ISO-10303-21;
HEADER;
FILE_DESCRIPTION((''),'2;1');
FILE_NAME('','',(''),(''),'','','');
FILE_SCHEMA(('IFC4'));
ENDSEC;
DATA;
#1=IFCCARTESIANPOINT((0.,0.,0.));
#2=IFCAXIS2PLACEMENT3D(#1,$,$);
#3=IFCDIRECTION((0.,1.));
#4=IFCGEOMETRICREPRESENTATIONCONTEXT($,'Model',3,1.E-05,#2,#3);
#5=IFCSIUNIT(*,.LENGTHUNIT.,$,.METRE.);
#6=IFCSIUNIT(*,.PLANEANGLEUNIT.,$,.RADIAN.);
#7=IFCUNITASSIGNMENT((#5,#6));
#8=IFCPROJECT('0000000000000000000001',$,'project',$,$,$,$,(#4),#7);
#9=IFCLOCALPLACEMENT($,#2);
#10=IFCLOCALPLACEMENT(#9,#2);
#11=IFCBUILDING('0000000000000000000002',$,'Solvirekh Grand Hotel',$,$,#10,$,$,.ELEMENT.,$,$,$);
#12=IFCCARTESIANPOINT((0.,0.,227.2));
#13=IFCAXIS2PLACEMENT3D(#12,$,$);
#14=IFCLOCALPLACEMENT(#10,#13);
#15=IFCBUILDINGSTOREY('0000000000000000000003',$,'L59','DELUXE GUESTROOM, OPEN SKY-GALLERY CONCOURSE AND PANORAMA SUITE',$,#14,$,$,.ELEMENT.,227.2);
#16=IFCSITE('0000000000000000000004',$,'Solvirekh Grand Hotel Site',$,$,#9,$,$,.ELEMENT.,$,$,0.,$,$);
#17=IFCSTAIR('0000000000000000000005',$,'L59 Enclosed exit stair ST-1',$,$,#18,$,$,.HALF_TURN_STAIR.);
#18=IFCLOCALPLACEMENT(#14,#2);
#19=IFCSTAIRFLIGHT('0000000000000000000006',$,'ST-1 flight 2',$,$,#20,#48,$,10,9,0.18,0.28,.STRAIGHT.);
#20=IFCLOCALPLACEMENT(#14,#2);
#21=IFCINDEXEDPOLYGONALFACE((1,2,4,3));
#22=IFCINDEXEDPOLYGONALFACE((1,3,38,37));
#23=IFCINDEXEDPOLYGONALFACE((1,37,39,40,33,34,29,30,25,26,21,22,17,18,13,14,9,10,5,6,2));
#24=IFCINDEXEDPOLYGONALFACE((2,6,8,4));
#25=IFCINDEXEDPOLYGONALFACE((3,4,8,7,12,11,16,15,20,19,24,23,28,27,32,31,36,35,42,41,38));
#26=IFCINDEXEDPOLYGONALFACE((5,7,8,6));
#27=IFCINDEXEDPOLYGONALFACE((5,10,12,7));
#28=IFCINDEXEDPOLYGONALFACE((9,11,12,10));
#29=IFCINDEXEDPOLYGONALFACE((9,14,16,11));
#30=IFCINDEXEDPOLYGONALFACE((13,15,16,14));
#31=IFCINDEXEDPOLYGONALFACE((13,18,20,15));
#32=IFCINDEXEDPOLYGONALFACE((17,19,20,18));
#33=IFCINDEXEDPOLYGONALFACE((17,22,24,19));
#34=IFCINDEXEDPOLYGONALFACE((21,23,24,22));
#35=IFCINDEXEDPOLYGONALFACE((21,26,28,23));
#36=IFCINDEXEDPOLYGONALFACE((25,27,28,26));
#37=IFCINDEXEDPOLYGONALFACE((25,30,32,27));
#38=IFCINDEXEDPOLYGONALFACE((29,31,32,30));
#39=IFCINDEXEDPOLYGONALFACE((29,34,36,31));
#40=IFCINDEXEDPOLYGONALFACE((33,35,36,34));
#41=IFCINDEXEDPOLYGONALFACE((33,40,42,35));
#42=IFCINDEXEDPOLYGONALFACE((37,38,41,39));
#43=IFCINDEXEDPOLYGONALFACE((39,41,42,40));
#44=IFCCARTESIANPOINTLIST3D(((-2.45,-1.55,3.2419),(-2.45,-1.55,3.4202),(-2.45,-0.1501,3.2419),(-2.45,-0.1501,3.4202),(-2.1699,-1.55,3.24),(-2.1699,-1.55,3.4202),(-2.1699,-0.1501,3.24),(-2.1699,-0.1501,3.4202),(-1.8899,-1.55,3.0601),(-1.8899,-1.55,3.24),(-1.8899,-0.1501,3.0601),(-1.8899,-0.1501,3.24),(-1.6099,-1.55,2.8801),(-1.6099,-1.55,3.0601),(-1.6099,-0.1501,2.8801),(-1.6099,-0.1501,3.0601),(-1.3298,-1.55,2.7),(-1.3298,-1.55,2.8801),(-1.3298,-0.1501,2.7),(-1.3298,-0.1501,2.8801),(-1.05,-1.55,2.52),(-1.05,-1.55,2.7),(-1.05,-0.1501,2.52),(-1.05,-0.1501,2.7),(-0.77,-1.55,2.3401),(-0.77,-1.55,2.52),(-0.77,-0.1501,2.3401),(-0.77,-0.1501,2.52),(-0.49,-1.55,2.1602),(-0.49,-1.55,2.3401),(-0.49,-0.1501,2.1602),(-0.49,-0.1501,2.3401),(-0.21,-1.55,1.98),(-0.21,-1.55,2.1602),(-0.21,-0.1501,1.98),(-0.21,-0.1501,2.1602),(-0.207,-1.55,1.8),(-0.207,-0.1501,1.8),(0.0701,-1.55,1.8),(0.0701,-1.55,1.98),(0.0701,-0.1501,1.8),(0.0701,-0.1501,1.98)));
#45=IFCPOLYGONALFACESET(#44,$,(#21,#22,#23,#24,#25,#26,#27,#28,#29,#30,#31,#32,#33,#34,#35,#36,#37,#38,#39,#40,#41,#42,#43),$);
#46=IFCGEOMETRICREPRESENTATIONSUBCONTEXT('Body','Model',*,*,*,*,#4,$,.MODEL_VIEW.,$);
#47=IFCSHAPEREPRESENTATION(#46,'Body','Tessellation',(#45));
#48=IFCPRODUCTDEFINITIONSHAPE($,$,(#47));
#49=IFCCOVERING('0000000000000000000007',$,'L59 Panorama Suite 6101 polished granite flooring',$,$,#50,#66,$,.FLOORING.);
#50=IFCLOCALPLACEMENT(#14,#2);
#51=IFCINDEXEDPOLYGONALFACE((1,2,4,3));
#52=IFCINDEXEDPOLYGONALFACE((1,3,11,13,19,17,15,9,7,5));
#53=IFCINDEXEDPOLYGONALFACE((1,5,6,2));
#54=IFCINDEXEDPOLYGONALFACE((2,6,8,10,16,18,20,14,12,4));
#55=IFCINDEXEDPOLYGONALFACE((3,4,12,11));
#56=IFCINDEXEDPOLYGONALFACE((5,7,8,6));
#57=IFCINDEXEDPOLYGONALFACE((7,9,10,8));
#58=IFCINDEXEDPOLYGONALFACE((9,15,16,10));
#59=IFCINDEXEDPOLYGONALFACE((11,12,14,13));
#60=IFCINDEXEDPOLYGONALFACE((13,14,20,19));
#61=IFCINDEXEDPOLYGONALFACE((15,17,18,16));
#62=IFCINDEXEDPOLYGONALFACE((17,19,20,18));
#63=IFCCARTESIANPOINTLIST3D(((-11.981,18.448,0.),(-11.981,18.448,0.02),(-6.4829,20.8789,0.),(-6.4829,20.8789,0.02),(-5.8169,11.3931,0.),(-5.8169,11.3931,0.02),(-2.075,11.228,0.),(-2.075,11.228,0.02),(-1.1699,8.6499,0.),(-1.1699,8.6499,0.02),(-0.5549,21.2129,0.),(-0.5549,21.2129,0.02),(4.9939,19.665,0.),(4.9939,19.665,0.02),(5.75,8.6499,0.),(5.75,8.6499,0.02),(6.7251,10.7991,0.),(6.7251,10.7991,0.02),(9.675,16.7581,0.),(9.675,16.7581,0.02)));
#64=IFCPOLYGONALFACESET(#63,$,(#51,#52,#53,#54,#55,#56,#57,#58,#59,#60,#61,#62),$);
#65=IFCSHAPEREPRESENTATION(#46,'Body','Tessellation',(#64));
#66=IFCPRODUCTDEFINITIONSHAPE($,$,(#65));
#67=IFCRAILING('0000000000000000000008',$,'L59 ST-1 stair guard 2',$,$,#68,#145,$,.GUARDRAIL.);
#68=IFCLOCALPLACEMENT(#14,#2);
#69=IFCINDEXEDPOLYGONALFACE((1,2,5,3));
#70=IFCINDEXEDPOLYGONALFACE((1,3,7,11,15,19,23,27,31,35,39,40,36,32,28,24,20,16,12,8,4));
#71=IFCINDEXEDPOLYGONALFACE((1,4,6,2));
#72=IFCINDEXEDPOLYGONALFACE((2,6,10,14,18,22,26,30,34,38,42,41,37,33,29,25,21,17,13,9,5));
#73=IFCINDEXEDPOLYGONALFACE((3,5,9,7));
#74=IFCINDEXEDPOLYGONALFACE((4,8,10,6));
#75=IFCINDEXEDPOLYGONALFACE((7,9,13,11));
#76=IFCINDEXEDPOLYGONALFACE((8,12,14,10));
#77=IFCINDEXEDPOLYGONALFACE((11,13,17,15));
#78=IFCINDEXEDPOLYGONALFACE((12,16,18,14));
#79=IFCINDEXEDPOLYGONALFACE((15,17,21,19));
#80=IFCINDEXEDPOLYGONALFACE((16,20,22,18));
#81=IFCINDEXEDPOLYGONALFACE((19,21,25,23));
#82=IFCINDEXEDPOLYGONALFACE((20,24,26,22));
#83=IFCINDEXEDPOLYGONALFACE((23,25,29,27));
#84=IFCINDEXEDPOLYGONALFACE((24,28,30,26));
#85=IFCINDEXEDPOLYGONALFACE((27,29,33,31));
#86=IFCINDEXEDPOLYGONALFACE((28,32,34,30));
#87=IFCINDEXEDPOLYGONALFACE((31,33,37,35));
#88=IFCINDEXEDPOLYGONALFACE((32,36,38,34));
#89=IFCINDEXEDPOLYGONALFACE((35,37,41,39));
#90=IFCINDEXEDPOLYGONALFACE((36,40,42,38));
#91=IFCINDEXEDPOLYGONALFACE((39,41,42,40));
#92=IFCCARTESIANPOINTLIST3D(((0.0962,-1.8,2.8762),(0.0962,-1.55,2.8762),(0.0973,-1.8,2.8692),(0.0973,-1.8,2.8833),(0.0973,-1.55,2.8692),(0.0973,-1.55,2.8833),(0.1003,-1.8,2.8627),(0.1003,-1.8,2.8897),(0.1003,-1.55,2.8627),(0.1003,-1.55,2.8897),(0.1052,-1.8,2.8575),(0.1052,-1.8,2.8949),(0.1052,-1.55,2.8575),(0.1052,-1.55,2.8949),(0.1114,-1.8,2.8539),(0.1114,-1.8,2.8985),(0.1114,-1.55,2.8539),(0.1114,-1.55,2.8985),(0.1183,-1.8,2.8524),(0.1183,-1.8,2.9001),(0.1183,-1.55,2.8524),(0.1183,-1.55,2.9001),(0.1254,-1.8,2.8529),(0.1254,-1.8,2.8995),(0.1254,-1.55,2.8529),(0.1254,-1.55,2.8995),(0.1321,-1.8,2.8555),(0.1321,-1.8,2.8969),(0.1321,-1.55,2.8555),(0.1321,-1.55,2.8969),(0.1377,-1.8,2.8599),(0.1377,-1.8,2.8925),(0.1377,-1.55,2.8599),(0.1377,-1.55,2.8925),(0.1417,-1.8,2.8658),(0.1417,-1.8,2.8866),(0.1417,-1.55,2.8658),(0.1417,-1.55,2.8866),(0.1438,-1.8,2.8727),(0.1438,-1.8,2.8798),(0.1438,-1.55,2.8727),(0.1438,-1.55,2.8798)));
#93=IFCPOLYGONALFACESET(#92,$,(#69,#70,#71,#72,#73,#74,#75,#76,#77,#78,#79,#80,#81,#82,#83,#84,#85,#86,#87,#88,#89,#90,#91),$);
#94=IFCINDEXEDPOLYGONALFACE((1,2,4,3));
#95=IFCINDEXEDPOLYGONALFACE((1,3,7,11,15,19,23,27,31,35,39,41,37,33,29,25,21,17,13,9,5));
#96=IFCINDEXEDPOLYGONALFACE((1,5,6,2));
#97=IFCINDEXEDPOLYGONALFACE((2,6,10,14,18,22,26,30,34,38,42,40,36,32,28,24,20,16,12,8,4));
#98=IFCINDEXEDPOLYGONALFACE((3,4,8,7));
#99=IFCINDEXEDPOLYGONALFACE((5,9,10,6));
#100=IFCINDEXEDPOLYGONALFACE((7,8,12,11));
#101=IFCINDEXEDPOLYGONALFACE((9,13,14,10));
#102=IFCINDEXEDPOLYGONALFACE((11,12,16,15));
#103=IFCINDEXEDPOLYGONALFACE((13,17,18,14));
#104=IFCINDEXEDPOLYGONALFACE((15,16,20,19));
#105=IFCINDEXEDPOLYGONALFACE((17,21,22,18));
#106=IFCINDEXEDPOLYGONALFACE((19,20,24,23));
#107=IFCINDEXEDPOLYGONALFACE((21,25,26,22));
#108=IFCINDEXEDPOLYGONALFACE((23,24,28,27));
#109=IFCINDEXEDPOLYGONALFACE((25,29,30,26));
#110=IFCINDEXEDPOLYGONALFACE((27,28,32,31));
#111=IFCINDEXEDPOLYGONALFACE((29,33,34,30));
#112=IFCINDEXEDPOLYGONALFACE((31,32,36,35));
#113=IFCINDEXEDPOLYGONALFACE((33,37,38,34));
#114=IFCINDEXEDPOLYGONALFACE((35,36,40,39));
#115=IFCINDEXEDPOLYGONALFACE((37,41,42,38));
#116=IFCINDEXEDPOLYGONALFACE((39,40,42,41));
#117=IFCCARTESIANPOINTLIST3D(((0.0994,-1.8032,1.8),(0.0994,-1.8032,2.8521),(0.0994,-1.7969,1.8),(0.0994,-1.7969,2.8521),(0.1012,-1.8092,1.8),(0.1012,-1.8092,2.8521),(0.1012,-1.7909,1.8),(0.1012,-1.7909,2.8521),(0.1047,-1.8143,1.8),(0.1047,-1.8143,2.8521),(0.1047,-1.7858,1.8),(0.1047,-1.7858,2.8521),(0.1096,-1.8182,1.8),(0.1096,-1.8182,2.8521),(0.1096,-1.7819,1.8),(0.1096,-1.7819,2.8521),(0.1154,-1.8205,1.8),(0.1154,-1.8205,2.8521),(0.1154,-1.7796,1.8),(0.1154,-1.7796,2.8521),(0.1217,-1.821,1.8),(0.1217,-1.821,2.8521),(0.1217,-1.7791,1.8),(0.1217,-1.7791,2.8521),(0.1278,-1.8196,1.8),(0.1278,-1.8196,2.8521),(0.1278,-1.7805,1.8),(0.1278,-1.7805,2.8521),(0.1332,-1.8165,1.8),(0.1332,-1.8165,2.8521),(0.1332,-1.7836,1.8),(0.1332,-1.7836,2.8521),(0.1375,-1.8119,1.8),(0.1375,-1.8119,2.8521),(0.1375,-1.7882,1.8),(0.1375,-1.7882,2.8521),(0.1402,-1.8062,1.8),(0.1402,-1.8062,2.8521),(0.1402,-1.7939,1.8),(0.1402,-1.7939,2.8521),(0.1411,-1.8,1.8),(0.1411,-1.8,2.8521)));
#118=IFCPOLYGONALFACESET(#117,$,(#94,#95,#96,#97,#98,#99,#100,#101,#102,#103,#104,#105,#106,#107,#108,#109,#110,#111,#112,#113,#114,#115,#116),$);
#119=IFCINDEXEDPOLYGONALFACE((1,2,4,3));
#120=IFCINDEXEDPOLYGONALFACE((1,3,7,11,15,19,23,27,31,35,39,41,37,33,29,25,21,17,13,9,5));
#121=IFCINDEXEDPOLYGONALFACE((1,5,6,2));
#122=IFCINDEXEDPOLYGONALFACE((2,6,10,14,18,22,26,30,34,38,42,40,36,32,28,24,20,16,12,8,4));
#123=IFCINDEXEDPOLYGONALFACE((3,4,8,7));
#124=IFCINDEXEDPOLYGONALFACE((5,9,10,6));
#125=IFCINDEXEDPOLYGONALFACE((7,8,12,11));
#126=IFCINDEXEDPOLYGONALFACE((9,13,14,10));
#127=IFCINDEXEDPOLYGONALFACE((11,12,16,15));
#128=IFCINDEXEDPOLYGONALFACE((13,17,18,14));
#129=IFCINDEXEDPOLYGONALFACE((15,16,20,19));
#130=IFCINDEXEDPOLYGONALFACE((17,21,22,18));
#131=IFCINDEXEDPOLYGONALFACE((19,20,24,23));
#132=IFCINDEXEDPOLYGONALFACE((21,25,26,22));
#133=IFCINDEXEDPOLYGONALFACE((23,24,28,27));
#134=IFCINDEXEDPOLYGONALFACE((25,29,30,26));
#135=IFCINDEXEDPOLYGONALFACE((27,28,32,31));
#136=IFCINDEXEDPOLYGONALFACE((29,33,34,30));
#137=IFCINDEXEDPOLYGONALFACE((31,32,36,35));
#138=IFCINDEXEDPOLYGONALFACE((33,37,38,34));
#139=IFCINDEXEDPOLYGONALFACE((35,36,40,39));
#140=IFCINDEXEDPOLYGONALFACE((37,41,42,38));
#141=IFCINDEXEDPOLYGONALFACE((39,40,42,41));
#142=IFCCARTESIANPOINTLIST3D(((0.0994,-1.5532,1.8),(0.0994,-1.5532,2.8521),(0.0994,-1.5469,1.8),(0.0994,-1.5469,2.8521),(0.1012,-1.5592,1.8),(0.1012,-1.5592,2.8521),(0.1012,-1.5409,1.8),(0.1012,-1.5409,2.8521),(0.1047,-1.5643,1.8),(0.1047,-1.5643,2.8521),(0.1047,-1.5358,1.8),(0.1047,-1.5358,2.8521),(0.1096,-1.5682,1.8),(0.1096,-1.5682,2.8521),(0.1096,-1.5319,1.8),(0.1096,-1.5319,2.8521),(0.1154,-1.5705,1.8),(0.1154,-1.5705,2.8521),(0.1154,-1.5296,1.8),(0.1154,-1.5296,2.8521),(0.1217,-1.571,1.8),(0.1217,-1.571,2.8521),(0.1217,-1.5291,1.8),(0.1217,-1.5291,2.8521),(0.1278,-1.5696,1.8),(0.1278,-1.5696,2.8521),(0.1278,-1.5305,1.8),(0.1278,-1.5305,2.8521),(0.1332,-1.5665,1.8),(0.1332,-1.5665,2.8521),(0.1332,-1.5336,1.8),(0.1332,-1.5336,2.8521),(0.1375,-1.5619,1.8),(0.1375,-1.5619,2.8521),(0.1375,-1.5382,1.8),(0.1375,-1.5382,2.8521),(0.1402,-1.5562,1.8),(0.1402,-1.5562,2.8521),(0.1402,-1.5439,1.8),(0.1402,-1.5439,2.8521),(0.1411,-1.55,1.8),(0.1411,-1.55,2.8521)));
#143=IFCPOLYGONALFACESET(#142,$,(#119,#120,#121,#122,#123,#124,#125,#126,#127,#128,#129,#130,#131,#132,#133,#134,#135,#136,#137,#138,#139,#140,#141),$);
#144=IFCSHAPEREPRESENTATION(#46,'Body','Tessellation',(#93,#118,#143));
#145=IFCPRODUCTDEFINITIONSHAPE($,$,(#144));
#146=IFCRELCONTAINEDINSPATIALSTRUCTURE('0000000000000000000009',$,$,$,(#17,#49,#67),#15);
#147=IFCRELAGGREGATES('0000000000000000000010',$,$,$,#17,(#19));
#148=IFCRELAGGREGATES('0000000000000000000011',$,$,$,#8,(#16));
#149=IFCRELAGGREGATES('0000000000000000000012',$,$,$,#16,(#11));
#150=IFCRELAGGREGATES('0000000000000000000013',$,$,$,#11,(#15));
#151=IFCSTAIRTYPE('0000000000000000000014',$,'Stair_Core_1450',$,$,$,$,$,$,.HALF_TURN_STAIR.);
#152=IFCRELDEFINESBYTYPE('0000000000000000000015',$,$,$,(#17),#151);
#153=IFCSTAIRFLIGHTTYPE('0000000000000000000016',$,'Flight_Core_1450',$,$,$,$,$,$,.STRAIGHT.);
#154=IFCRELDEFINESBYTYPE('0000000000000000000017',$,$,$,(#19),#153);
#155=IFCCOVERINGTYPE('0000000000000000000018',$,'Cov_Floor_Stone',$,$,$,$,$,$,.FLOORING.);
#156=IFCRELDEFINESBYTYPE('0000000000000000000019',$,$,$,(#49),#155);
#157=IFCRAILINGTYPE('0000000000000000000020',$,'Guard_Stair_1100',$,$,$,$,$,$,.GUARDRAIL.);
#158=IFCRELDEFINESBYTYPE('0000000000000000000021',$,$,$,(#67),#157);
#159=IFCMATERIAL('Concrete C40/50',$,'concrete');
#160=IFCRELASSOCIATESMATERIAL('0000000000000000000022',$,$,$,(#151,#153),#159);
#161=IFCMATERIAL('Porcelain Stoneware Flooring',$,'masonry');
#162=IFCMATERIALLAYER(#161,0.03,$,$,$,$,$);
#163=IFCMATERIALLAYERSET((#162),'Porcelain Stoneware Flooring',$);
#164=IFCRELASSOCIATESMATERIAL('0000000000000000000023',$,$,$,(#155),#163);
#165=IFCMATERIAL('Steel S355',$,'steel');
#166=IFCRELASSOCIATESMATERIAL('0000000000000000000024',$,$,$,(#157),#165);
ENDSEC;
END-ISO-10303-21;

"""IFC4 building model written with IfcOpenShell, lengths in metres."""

from ifc_helpers import new_model, si_unit, direction, frame, origin, origin_2d, place, context, subcontext, project, spatial, polyline, circle, outline, extrude, material, layer, layer_set, type_object, element, aggregate, save


model = new_model("IFC4")

# Units and contexts
model_context = context("Model", 3, precision=1e-05, world=origin(), true_north=direction((0.0, 1.0)))
body_context = subcontext(model_context, "Body", "Model", "MODEL_VIEW")
ifc_project = project(units=[si_unit("LENGTHUNIT", "METRE"), si_unit("PLANEANGLEUNIT", "RADIAN")], contexts=[model_context])

# Site, building, storey
site_placement = place(None, origin())
site = spatial("IfcSite", under=ifc_project, at=site_placement, Name="Solvirekh Grand Hotel Site", CompositionType="ELEMENT", RefElevation=0.0)
building_placement = place(site_placement, origin())
building = spatial("IfcBuilding", under=site, at=building_placement, Name="Solvirekh Grand Hotel", CompositionType="ELEMENT")
storey_placement = place(building_placement, frame((0.0, 0.0, 227.2)))
storey = spatial("IfcBuildingStorey", under=building, at=storey_placement, Name="L59", Description="DELUXE GUESTROOM, OPEN SKY-GALLERY CONCOURSE AND PANORAMA SUITE", CompositionType="ELEMENT", Elevation=227.2)

# Shared definitions
ifc_material_1 = material(Name="Concrete C40/50", Category="concrete")
stair_type = type_object("IfcStairType", Name="Stair_Core_1450", PredefinedType="HALF_TURN_STAIR", material=ifc_material_1)

# Stair, stair flight
stair_1_placement = place(storey_placement, origin())
stair_1 = element("IfcStair", 1, at=stair_1_placement, inside=storey, type_object=stair_type, Name="L59 Enclosed exit stair ST-1", PredefinedType="HALF_TURN_STAIR")
stair_flight_type = type_object("IfcStairFlightType", Name="Flight_Core_1450", PredefinedType="STRAIGHT", material=ifc_material_1)
stair_flight_placement = place(storey_placement, frame((0.0701, -0.8501, 1.8), z_axis=(0.0, 0.0, 1.0), x_axis=(-1.0, 0.0, 0.0)))
stair_flight = element("IfcStairFlight", 2, at=stair_flight_placement, type_object=stair_flight_type, Name="ST-1 flight 2", NumberOfRisers=10, NumberOfTreads=9, PredefinedType="STRAIGHT", RiserHeight=0.18, TreadLength=0.28, context=body_context, shape_type="SweptSolid", body=[
    extrude(outline(polyline([(0.0, 0.0), (0.0, 0.1799), (0.28, 0.1799), (0.28, 0.3601), (0.5601, 0.3601), (0.5601, 0.54), (0.8401, 0.54), (0.8401, 0.72), (1.1201, 0.72), (1.1201, 0.8999), (1.3999, 0.8999), (1.3999, 1.0801), (1.6799, 1.0801), (1.6799, 1.26), (1.96, 1.26), (1.96, 1.4399), (2.24, 1.4399), (2.24, 1.6201), (2.52, 1.6201), (2.52, 1.8), (2.52, 1.4419), (0.2771, 0.0), (0.0, 0.0)])), frame((0.0, 0.7, 0.0), z_axis=(0.0, -1.0, 0.0), x_axis=(1.0, 0.0, 0.0)), (0.0, 0.0, 1.0), 1.3999),
])
aggregate(stair_1, [stair_flight])

# Covering
ifc_material_2 = material(Name="Porcelain Stoneware Flooring", Category="masonry")
ifc_layer_1 = layer(ifc_material_2, 0.03)
ifc_layer_set_1 = layer_set([ifc_layer_1], Name="Porcelain Stoneware Flooring")
covering_type = type_object("IfcCoveringType", Name="Cov_Floor_Stone", PredefinedType="FLOORING", material=ifc_layer_set_1)
covering_placement = place(storey_placement, origin())
element("IfcCovering", 3, at=covering_placement, inside=storey, type_object=covering_type, Name="L59 Panorama Suite 6101 polished granite flooring", PredefinedType="FLOORING", context=body_context, shape_type="SweptSolid", body=[
    extrude(outline(polyline([(-5.8169, 11.3931), (-2.075, 11.228), (-1.1699, 8.6499), (5.75, 8.6499), (6.7251, 10.7991), (9.675, 16.7581), (4.9939, 19.665), (-0.5549, 21.2129), (-6.4829, 20.8789), (-11.981, 18.448), (-5.8169, 11.3931)])), origin(), (0.0, 0.0, 1.0), 0.02),
])

# Railing
ifc_material_3 = material(Name="Steel S355", Category="steel")
railing_type_1 = type_object("IfcRailingType", Name="Guard_Stair_1100", PredefinedType="GUARDRAIL", material=ifc_material_3)
railing_1_placement = place(storey_placement, frame((0.1201, -1.8, 1.8)))
element("IfcRailing", 4, at=railing_1_placement, inside=storey, type_object=railing_type_1, Name="L59 ST-1 stair guard 2", PredefinedType="GUARDRAIL", context=body_context, shape_type="SweptSolid", body=[
    extrude(circle(Radius=0.0239, at=origin_2d()), frame((0.0, 0.0, 1.0762), z_axis=(0.0, 1.0, 0.0), x_axis=(-1.0, 0.0, 0.0)), (0.0, 0.0, 1.0), 0.25),
    extrude(circle(Radius=0.021, at=origin_2d()), origin(), (0.0, 0.0, 1.0), 1.052),
    extrude(circle(Radius=0.021, at=origin_2d()), frame((0.0, 0.25, 0.0)), (0.0, 0.0, 1.0), 1.052),
])

save(model, "model.ifc")
